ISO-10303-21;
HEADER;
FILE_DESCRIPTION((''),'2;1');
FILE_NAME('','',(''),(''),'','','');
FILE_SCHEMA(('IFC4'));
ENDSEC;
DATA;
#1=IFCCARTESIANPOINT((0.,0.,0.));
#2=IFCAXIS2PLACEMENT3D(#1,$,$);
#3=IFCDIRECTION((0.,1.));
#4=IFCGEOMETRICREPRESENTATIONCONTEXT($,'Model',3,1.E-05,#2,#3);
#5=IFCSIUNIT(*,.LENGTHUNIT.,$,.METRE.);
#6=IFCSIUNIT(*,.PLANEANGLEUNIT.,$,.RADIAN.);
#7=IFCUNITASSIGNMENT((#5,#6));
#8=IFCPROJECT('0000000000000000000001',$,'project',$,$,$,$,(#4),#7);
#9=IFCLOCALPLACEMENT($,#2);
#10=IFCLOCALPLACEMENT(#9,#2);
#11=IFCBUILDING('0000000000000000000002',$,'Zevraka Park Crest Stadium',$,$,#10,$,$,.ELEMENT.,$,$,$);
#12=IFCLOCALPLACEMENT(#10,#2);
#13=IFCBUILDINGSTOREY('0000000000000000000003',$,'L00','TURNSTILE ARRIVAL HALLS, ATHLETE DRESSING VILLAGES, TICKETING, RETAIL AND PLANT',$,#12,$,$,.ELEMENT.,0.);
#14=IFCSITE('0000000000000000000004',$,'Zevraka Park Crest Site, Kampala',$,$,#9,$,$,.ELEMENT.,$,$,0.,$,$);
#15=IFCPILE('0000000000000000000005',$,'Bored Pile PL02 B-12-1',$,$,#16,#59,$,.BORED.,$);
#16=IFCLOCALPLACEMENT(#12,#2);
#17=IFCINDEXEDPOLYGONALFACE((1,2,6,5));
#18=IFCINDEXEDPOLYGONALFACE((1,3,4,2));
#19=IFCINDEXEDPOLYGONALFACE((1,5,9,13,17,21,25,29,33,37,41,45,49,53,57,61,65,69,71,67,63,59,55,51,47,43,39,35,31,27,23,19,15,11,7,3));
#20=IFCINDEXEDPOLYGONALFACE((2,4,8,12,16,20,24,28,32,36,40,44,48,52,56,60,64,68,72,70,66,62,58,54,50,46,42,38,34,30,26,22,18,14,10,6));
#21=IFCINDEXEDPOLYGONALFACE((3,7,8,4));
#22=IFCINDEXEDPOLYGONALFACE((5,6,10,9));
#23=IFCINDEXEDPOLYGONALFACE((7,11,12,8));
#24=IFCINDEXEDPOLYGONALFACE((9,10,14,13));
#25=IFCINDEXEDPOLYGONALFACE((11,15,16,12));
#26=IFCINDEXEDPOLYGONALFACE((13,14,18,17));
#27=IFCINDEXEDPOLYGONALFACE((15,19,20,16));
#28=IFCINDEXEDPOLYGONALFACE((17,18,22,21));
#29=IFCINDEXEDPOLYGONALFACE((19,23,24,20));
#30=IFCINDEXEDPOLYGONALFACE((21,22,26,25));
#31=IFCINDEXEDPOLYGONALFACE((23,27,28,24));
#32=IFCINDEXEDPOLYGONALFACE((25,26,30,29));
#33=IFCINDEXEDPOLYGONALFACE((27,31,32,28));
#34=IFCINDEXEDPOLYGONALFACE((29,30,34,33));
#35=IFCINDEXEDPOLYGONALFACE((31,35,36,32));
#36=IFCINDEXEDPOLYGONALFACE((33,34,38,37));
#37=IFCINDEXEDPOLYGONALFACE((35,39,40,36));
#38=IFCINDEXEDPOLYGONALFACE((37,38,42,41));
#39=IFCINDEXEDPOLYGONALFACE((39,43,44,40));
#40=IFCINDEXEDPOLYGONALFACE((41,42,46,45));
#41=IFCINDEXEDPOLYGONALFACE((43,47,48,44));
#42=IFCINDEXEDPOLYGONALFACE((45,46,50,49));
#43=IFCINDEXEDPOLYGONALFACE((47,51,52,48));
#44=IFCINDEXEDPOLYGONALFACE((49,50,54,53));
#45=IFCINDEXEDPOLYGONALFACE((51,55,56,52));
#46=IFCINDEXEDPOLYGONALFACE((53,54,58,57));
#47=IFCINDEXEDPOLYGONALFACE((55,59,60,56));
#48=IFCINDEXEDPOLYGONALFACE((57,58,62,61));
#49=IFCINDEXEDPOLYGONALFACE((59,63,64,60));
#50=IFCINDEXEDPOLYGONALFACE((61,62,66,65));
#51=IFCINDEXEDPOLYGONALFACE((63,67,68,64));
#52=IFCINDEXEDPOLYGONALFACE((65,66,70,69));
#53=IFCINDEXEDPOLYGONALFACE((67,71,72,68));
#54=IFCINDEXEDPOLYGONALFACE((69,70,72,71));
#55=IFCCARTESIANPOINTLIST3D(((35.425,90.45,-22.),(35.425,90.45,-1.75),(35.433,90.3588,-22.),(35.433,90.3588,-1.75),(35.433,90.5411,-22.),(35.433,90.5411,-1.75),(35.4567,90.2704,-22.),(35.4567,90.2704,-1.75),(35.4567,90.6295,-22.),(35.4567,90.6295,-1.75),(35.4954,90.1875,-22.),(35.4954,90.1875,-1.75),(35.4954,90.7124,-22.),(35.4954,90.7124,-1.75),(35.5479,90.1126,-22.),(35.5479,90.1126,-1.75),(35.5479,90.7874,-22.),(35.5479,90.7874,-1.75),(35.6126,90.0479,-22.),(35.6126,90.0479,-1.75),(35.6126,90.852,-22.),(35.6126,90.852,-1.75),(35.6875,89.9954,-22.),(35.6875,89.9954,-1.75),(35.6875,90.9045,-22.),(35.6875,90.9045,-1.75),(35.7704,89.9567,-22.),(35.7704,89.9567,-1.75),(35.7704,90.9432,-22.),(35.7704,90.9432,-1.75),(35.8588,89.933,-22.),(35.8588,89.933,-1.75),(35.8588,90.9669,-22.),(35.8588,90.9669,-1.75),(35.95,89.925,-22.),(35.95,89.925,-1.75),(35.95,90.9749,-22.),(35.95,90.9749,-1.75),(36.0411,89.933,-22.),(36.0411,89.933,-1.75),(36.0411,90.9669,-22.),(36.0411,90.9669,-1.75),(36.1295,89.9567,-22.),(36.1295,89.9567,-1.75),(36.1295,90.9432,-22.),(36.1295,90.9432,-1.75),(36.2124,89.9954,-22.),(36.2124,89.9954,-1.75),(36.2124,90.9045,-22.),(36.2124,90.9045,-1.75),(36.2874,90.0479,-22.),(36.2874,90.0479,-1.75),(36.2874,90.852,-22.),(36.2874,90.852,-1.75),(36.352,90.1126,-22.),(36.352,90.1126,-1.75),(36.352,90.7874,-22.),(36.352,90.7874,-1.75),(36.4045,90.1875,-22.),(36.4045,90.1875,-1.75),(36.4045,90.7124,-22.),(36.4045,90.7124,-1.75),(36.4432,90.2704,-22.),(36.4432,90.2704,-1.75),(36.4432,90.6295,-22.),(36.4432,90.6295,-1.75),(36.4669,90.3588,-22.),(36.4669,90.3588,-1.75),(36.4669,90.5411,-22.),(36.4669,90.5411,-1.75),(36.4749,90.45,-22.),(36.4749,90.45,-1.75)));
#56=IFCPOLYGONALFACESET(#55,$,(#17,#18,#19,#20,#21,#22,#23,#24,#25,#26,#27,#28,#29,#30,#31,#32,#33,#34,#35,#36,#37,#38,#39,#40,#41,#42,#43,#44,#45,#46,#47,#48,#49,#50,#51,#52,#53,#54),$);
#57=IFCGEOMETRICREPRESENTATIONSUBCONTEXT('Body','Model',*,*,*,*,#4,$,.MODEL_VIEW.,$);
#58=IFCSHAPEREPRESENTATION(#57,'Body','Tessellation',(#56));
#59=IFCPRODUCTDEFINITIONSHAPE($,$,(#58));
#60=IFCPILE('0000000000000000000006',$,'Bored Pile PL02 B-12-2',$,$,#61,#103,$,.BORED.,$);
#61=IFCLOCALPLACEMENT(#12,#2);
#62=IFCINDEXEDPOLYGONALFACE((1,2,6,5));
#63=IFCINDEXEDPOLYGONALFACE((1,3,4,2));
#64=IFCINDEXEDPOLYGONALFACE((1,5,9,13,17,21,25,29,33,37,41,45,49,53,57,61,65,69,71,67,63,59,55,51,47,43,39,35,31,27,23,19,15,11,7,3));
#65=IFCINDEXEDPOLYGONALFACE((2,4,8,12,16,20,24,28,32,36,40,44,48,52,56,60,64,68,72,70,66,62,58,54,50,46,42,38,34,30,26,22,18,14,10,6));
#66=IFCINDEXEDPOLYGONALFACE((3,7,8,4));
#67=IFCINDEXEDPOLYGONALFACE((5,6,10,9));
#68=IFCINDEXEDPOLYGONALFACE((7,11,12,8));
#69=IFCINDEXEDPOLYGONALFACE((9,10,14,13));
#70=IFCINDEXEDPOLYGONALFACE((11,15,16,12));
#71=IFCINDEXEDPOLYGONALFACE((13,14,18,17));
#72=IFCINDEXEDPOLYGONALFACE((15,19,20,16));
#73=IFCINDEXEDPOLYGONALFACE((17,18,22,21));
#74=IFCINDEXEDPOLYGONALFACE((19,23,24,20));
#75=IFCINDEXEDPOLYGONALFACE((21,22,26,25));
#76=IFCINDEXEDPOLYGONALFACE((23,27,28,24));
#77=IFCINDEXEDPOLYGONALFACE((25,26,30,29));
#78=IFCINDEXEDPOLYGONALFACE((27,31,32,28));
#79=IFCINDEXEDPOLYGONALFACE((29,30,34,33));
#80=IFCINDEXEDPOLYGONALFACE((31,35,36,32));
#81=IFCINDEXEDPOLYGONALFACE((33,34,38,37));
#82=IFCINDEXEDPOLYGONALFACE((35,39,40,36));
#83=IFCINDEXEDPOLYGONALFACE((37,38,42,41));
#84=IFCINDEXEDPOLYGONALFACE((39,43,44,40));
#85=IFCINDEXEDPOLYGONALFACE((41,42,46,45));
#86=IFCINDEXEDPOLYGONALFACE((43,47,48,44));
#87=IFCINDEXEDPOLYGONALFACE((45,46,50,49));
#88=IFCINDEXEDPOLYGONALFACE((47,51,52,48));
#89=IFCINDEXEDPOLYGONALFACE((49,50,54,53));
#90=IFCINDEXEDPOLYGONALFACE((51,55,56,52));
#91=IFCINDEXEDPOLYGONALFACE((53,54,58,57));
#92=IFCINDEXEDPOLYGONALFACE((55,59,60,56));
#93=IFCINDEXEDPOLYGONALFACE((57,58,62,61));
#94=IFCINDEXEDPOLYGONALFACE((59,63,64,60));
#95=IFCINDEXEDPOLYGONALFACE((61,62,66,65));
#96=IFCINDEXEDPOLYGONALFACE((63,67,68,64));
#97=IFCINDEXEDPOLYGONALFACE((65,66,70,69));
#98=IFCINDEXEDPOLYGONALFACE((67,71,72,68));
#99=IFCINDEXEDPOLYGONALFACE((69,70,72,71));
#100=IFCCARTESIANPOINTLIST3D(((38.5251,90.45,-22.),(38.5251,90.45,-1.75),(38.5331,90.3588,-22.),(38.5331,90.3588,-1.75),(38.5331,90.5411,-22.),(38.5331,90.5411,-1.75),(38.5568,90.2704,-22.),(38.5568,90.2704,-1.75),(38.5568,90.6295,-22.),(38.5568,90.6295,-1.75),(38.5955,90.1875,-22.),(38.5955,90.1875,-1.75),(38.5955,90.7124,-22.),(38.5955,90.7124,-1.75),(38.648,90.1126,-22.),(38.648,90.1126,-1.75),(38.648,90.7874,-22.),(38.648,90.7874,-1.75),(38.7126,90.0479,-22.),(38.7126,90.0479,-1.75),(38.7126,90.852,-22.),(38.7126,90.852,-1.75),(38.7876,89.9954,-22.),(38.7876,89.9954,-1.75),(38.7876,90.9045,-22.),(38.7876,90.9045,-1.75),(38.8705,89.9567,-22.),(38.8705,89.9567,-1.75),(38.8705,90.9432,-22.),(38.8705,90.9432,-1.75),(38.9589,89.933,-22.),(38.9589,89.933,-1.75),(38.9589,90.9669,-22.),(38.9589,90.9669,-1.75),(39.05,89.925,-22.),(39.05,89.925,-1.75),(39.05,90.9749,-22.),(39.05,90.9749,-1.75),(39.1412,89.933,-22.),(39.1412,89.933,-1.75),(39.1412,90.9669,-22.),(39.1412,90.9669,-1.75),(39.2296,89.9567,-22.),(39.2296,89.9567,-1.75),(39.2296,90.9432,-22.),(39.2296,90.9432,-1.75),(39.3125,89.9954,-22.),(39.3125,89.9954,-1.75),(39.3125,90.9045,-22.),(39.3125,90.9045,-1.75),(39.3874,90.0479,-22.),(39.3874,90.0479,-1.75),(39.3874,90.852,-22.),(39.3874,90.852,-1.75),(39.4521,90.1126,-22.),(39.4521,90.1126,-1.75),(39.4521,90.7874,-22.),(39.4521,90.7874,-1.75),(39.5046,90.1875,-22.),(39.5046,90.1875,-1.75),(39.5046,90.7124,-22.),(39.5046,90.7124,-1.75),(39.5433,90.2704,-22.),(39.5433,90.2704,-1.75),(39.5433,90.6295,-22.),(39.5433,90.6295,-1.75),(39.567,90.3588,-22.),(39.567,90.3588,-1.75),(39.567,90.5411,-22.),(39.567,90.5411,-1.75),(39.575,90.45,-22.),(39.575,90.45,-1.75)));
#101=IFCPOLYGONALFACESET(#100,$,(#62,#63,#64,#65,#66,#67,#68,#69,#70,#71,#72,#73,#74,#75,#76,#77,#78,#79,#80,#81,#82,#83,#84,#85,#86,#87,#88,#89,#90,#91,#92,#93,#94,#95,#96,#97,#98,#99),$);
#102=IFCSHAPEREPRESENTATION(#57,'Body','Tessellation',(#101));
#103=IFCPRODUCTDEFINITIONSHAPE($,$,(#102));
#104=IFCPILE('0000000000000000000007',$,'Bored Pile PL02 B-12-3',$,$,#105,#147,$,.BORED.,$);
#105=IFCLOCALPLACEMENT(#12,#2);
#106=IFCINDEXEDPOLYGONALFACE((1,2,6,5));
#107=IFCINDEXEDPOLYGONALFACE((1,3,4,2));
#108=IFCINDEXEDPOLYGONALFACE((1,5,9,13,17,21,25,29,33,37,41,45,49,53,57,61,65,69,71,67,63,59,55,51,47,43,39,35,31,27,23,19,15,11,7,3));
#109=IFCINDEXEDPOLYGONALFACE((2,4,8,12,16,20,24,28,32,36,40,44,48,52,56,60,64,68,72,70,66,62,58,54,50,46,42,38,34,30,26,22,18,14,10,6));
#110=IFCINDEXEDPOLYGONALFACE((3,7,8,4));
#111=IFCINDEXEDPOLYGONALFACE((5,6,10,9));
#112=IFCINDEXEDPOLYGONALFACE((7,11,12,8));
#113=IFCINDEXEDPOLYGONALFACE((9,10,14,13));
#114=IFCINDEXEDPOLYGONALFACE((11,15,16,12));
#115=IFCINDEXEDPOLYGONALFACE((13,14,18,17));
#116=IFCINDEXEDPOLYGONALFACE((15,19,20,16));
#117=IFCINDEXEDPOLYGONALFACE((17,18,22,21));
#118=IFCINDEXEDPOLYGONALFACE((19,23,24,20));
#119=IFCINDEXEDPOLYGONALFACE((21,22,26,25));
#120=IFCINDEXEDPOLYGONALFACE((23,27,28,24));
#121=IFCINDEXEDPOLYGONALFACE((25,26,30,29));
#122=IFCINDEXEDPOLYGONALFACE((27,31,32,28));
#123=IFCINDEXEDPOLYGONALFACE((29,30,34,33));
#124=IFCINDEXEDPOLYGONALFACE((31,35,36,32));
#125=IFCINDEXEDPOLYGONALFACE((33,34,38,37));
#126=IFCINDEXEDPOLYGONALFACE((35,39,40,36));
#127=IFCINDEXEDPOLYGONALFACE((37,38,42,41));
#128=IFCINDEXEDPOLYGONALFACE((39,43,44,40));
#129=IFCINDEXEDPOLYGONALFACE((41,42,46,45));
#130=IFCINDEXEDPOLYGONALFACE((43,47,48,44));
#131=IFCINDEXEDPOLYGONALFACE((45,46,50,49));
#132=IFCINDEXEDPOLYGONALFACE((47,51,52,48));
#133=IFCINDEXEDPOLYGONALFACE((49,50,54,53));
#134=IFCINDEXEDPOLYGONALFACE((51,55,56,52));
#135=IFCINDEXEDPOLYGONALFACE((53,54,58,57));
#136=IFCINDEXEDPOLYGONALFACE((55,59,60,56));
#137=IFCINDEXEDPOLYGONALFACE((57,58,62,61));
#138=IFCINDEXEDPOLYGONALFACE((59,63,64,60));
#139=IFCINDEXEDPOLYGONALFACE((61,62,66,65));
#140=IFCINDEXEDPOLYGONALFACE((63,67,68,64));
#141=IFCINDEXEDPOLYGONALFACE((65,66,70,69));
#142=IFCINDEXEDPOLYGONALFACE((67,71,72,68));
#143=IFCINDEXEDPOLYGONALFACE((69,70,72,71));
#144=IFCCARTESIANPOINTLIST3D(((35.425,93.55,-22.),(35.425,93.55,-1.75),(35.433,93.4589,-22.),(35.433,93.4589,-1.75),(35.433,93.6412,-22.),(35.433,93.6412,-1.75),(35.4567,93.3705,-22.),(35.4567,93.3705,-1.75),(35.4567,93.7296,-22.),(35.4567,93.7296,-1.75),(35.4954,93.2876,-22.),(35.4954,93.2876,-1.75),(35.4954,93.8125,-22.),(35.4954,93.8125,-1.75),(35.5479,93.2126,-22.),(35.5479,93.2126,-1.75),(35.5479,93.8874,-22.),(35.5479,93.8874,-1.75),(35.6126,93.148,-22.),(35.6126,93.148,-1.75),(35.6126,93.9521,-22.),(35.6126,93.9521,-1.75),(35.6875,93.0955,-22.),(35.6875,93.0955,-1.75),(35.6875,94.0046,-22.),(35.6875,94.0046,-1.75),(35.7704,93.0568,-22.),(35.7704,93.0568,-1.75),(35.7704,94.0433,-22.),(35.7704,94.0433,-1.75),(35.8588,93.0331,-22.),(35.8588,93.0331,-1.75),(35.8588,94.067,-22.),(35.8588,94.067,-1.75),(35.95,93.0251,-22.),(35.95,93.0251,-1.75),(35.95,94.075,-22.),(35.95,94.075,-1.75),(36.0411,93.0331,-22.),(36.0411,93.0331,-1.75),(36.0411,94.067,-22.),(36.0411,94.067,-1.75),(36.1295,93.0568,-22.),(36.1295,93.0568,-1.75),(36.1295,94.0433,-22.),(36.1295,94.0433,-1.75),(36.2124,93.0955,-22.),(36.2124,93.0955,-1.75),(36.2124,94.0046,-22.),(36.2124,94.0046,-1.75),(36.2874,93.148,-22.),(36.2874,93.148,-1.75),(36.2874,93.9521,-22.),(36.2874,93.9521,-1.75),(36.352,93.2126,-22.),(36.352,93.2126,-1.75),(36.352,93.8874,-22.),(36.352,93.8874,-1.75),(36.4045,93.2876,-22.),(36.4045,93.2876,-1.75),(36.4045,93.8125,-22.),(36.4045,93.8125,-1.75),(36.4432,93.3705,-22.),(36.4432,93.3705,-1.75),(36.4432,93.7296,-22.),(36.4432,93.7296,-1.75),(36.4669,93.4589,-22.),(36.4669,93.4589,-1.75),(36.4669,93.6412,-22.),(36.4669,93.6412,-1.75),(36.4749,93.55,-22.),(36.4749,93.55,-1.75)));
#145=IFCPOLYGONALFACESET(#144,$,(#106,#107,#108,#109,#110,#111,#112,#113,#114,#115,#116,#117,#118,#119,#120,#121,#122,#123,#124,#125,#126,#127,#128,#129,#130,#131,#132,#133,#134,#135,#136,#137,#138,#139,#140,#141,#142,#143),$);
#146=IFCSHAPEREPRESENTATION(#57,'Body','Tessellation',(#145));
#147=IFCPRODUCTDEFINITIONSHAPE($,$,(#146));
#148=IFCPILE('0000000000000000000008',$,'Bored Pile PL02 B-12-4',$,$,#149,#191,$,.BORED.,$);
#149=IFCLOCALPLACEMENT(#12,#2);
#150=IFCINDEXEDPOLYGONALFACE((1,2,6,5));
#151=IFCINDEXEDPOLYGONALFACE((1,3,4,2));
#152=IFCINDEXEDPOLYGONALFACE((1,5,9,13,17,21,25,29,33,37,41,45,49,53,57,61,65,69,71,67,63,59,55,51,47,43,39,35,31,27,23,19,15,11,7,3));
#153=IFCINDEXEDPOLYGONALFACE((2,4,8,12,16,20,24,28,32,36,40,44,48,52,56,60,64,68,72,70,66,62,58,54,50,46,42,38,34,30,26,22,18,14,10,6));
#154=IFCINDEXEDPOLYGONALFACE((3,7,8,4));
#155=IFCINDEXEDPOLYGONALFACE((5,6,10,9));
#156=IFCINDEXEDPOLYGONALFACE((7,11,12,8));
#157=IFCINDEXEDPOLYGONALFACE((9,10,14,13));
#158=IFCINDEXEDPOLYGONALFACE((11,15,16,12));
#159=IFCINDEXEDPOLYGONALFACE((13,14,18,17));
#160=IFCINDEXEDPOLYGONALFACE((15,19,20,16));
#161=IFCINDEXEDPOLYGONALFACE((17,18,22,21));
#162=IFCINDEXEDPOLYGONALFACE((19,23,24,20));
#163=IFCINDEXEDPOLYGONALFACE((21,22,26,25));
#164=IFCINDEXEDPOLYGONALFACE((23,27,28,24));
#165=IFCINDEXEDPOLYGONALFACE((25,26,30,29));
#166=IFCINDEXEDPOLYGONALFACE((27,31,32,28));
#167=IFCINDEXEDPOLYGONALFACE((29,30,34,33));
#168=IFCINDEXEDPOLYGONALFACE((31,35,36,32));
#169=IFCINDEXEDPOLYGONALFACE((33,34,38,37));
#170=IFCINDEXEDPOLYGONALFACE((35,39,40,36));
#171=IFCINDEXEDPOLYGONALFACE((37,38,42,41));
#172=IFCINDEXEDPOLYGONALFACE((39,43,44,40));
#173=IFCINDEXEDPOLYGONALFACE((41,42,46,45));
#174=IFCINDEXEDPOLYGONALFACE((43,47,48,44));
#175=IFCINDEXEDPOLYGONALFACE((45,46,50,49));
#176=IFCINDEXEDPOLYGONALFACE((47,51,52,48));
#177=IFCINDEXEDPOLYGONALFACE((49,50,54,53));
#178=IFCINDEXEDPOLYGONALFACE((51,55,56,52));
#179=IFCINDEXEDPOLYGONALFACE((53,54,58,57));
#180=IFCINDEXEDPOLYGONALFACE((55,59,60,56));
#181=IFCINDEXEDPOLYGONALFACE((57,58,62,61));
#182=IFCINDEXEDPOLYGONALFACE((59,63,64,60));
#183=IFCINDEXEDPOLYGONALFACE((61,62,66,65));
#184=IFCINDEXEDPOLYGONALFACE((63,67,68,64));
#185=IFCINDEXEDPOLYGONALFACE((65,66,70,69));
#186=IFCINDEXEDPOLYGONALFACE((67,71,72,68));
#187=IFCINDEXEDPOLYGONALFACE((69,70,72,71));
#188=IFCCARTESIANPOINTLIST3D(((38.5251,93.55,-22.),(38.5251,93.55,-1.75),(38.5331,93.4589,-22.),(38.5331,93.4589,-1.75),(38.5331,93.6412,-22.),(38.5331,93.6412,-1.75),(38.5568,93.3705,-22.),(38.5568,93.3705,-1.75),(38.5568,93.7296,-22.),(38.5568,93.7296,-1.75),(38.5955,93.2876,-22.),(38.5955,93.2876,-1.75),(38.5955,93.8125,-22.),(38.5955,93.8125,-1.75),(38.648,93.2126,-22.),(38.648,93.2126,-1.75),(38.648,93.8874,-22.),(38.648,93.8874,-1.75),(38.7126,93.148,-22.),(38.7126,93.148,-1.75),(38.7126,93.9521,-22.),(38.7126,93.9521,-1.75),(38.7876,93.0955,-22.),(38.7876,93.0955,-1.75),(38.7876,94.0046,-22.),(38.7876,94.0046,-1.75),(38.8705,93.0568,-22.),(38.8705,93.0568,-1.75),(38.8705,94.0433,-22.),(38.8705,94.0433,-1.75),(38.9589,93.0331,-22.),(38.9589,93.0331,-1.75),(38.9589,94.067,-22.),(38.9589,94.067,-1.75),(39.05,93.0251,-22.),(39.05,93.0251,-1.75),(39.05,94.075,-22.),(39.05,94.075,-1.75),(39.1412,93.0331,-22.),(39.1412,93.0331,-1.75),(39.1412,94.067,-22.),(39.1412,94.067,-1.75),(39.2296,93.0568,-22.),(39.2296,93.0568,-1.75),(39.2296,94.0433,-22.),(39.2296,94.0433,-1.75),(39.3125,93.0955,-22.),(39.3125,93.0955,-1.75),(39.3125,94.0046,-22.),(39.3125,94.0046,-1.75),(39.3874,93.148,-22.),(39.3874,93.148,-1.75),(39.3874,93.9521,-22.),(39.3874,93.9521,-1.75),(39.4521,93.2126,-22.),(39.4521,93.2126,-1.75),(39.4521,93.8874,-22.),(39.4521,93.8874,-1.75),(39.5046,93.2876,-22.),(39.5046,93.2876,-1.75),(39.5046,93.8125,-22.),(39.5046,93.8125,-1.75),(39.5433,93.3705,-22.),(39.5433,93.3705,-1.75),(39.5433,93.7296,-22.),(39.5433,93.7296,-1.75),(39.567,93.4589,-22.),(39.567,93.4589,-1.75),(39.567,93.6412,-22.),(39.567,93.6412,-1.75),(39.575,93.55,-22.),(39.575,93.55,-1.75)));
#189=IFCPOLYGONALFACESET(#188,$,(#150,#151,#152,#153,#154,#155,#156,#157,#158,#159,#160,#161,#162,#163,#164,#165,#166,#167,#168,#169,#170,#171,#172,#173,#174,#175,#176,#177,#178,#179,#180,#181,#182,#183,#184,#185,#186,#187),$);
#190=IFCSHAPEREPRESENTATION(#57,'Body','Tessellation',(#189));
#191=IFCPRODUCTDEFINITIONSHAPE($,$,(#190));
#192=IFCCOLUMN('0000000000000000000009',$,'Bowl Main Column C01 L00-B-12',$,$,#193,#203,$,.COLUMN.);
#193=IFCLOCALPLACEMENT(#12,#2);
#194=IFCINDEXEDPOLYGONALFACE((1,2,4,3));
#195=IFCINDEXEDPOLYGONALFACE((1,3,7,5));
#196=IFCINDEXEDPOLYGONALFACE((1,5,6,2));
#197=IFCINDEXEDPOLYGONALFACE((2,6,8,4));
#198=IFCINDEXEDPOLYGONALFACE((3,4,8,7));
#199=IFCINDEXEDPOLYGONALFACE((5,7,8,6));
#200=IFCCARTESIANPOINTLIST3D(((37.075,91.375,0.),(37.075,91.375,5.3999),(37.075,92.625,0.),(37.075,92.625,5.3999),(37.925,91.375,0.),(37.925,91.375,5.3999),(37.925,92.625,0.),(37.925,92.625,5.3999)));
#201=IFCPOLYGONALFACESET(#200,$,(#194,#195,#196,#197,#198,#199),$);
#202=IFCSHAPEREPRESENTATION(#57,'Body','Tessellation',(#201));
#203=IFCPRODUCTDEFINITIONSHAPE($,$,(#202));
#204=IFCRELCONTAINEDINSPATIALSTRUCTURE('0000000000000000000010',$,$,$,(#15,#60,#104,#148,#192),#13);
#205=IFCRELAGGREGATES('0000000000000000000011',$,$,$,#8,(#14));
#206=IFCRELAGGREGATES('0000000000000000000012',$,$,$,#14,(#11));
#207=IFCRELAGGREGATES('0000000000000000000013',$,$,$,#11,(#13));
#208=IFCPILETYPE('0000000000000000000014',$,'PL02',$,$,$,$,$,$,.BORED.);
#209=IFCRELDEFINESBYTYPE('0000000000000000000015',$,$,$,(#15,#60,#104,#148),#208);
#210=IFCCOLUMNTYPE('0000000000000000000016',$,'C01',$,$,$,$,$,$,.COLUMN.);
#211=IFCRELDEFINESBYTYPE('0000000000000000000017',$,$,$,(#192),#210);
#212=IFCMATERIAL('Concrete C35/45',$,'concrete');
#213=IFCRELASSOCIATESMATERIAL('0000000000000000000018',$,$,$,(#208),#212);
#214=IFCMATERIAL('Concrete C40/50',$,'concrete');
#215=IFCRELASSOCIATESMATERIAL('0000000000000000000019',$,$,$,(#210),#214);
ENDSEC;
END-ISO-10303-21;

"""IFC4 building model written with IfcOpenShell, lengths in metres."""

from ifc_helpers import new_model, si_unit, direction, frame, origin, origin_2d, place, context, subcontext, project, spatial, rectangle, circle, extrude, material, material_profile, profile_set, type_object, element, save


model = new_model("IFC4")

# Units and contexts
model_context = context("Model", 3, precision=1e-05, world=origin(), true_north=direction((0.0, 1.0)))
body_context = subcontext(model_context, "Body", "Model", "MODEL_VIEW")
ifc_project = project(units=[si_unit("LENGTHUNIT", "METRE"), si_unit("PLANEANGLEUNIT", "RADIAN")], contexts=[model_context])

# Site, building, storey
site_placement = place(None, origin())
site = spatial("IfcSite", under=ifc_project, at=site_placement, Name="Zevraka Park Crest Site, Kampala", CompositionType="ELEMENT", RefElevation=0.0)
building_placement = place(site_placement, origin())
building = spatial("IfcBuilding", under=site, at=building_placement, Name="Zevraka Park Crest Stadium", CompositionType="ELEMENT")
storey_placement = place(building_placement, origin())
storey = spatial("IfcBuildingStorey", under=building, at=storey_placement, Name="L00", Description="TURNSTILE ARRIVAL HALLS, ATHLETE DRESSING VILLAGES, TICKETING, RETAIL AND PLANT", CompositionType="ELEMENT", Elevation=0.0)

# Piles
ifc_material_1 = material(Name="Concrete C35/45", Category="concrete")
ifc_material_profile_1 = material_profile(ifc_material_1, circle(Radius=0.5249, at=origin_2d()), Name="PILE D1050")
ifc_profile_set_1 = profile_set([ifc_material_profile_1], Name="Concrete C35/45")
pile_type_1 = type_object("IfcPileType", Name="PL02", PredefinedType="BORED", material=ifc_profile_set_1)
for number, where, z_axis, x_axis, name in (
    (1, (35.95, 90.45, -1.75), (0.0, 0.0, -1.0), (1.0, 0.0, 0.0), "Bored Pile PL02 B-12-1"),
    (2, (39.05, 90.45, -1.75), (0.0, 0.0, -1.0), (1.0, 0.0, 0.0), "Bored Pile PL02 B-12-2"),
    (3, (35.95, 93.55, -1.75), (0.0, 0.0, -1.0), (1.0, 0.0, 0.0), "Bored Pile PL02 B-12-3"),
    (4, (39.05, 93.55, -1.75), (0.0, 0.0, -1.0), (1.0, 0.0, 0.0), "Bored Pile PL02 B-12-4"),
):
    element("IfcPile", number, at=place(storey_placement, frame(where, z_axis=z_axis, x_axis=x_axis)), inside=storey, type_object=pile_type_1, Name=name, PredefinedType="BORED", context=body_context, shape_type="SweptSolid", body=[
        extrude(circle(Radius=0.5249, at=origin_2d()), origin(), (0.0, 0.0, 1.0), 20.25),
    ])

# Column
ifc_material_2 = material(Name="Concrete C40/50", Category="concrete")
ifc_material_profile_2 = material_profile(ifc_material_2, rectangle(XDim=0.8501, YDim=1.25, at=origin_2d()), Name="RC 1250x850")
ifc_profile_set_2 = profile_set([ifc_material_profile_2], Name="Concrete C40/50")
column_type = type_object("IfcColumnType", Name="C01", PredefinedType="COLUMN", material=ifc_profile_set_2)
column_placement = place(storey_placement, frame((37.5, 92.0, 0.0), z_axis=(0.0, 0.0, 1.0), x_axis=(1.0, 0.0, 0.0)))
element("IfcColumn", 5, at=column_placement, inside=storey, type_object=column_type, Name="Bowl Main Column C01 L00-B-12", PredefinedType="COLUMN", context=body_context, shape_type="SweptSolid", body=[
    extrude(rectangle(XDim=0.8501, YDim=1.25, at=origin_2d()), origin(), (0.0, 0.0, 1.0), 5.3999),
])

save(model, "model.ifc")
